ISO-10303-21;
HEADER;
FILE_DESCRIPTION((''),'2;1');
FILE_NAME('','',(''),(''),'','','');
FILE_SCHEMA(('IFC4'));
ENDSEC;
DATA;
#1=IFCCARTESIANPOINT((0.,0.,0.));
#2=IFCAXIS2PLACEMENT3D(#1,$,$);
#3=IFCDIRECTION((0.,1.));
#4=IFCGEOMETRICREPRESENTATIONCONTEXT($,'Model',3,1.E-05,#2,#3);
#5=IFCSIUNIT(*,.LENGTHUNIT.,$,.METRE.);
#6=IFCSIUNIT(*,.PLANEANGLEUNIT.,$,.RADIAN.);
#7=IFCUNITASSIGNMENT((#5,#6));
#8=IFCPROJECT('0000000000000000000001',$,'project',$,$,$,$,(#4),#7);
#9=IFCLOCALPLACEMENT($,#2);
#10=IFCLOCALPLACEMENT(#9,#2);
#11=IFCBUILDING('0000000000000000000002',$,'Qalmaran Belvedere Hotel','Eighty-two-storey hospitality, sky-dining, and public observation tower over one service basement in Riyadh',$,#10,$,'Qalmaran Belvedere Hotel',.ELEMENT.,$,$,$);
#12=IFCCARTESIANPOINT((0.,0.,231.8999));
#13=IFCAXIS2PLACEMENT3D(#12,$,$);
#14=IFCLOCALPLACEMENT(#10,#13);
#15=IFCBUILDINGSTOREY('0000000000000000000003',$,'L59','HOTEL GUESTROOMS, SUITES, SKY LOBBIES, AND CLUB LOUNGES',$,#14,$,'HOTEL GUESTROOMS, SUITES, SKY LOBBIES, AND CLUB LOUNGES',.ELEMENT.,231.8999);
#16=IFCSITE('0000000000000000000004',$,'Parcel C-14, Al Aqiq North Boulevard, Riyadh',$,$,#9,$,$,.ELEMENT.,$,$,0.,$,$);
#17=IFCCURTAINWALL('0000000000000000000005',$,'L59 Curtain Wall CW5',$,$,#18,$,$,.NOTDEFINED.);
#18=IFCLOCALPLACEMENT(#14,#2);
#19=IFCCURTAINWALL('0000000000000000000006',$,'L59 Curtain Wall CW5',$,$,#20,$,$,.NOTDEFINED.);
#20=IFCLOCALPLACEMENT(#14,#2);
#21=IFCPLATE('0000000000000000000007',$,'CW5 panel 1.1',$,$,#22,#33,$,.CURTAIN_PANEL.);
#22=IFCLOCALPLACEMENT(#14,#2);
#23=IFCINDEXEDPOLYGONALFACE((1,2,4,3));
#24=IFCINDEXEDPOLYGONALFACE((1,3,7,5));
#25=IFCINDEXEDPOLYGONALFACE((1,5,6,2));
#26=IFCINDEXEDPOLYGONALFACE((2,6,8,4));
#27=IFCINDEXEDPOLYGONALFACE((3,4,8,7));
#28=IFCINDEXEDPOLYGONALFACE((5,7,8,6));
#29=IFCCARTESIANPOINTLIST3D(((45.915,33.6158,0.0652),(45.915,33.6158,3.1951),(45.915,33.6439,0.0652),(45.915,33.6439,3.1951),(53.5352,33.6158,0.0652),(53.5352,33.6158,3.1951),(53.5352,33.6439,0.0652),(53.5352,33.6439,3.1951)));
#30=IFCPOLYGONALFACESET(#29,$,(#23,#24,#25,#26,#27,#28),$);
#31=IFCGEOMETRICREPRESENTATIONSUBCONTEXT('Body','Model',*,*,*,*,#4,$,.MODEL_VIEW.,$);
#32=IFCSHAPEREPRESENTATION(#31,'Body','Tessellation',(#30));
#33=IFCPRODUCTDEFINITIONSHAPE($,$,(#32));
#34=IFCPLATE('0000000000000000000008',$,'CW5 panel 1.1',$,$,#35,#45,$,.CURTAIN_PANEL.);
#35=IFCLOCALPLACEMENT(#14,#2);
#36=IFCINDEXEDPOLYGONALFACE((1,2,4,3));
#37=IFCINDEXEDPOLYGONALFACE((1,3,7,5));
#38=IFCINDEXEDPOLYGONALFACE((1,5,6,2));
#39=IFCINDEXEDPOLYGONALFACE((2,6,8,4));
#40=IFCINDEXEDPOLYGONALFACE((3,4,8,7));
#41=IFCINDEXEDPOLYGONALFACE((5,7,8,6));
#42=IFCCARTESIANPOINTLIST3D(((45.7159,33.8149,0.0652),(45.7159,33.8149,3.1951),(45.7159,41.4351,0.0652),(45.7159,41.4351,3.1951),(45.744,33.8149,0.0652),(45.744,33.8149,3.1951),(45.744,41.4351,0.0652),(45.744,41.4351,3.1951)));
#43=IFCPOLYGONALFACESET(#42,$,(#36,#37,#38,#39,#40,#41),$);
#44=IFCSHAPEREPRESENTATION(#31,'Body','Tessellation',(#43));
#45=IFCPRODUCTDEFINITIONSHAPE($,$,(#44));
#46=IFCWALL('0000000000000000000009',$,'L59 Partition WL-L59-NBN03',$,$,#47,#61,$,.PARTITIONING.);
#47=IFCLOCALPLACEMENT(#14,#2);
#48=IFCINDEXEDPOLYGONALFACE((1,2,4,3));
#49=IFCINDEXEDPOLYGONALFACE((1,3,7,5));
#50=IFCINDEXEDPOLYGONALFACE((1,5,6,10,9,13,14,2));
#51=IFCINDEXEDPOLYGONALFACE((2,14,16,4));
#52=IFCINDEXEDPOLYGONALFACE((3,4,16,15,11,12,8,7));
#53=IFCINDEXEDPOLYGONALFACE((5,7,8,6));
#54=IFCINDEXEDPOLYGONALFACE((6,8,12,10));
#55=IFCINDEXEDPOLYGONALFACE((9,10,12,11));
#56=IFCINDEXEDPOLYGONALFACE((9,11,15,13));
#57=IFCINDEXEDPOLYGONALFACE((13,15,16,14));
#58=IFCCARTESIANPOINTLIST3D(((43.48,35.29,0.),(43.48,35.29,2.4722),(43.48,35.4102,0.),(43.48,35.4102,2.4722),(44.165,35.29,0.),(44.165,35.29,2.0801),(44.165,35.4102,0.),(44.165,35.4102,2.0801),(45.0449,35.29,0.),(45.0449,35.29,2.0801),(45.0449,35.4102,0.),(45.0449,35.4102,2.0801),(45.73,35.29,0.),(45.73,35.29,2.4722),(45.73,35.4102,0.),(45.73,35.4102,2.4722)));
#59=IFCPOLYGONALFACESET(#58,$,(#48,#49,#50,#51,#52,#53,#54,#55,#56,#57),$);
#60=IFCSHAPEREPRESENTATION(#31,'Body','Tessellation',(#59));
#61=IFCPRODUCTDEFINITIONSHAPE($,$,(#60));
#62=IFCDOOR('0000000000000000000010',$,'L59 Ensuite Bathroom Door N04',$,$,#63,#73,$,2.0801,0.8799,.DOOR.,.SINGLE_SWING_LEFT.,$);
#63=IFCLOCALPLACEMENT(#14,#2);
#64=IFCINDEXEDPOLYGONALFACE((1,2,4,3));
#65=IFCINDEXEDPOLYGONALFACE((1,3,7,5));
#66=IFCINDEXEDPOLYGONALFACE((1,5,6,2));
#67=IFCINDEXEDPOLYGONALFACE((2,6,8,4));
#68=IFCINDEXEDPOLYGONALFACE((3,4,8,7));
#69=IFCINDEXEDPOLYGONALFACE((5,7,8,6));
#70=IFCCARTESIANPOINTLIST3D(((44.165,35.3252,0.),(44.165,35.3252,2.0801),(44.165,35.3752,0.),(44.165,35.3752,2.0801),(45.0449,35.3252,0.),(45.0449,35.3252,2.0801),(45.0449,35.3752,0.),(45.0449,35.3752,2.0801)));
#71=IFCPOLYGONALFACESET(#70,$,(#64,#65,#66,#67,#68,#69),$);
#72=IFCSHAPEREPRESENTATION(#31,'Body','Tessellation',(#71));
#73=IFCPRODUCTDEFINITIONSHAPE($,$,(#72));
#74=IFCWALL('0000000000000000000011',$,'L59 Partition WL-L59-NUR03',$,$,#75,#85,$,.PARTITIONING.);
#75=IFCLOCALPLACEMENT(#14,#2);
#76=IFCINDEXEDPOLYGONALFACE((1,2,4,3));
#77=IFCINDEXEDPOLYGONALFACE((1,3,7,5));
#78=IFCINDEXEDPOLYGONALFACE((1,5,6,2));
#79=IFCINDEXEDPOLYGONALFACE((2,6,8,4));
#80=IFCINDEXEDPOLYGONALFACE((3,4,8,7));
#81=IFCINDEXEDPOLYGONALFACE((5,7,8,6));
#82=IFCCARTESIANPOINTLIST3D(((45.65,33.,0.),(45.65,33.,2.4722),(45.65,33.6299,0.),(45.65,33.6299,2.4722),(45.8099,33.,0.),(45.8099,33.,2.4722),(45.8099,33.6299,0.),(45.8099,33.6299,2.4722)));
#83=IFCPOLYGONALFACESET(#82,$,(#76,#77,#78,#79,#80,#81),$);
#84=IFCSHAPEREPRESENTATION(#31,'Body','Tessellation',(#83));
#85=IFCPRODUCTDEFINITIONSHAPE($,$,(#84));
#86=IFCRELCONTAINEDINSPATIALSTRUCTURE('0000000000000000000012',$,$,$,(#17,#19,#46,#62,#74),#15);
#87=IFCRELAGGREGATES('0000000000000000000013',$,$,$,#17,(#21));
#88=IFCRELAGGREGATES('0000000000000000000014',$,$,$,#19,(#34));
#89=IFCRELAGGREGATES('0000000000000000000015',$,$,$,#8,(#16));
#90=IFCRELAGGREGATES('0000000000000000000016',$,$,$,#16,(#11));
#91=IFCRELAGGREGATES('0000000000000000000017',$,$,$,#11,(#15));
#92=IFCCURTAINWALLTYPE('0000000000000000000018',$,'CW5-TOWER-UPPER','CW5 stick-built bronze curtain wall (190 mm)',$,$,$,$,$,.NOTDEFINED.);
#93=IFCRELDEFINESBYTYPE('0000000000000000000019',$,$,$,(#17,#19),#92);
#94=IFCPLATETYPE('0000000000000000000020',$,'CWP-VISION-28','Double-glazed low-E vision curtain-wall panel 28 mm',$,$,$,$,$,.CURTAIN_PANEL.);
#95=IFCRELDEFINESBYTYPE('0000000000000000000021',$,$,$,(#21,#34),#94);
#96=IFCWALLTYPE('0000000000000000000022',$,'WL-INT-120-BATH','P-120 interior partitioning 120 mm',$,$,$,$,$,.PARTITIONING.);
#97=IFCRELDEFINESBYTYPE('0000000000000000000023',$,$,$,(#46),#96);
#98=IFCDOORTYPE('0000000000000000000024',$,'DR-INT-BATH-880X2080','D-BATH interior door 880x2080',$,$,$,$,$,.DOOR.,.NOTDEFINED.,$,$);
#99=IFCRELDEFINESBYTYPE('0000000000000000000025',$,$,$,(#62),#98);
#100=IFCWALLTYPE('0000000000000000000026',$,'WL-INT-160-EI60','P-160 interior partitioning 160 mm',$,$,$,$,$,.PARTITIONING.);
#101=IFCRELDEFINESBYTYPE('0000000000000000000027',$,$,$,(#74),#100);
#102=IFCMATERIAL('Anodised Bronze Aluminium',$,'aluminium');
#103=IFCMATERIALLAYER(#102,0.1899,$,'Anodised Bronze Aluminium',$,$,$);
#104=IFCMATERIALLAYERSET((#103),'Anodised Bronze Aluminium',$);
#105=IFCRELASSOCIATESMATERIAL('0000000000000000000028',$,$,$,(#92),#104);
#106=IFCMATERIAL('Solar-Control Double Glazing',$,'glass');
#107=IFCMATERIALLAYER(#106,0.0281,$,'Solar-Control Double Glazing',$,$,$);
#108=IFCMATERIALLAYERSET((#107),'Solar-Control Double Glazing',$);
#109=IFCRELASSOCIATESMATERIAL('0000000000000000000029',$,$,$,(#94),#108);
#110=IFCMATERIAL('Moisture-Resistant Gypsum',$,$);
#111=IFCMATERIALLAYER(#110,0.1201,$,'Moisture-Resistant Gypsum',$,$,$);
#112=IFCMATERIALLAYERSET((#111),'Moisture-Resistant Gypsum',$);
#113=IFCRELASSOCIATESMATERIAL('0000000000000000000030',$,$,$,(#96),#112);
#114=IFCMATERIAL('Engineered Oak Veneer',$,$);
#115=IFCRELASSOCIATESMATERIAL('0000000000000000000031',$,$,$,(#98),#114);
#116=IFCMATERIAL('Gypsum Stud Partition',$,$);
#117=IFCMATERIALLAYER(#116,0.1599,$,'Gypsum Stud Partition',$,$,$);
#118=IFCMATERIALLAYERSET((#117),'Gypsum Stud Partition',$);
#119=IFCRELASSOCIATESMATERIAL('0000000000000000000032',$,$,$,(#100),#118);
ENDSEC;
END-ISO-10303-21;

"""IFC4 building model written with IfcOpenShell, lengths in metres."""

from ifc_helpers import new_model, si_unit, direction, frame, frame_2d, origin, origin_2d, place, context, subcontext, project, spatial, rectangle, extrude, material, layer, layer_set, type_object, element, fill, aggregate, save


model = new_model("IFC4")

# Units and contexts
model_context = context("Model", 3, precision=1e-05, world=origin(), true_north=direction((0.0, 1.0)))
body_context = subcontext(model_context, "Body", "Model", "MODEL_VIEW")
ifc_project = project(units=[si_unit("LENGTHUNIT", "METRE"), si_unit("PLANEANGLEUNIT", "RADIAN")], contexts=[model_context])

# Site, building, storey
site_placement = place(None, origin())
site = spatial("IfcSite", under=ifc_project, at=site_placement, Name="Parcel C-14, Al Aqiq North Boulevard, Riyadh", CompositionType="ELEMENT", RefElevation=0.0)
building_placement = place(site_placement, origin())
building = spatial("IfcBuilding", under=site, at=building_placement, Name="Qalmaran Belvedere Hotel", Description="Eighty-two-storey hospitality, sky-dining, and public observation tower over one service basement in Riyadh", LongName="Qalmaran Belvedere Hotel", CompositionType="ELEMENT")
storey_placement = place(building_placement, frame((0.0, 0.0, 231.8999)))
storey = spatial("IfcBuildingStorey", under=building, at=storey_placement, Name="L59", Description="HOTEL GUESTROOMS, SUITES, SKY LOBBIES, AND CLUB LOUNGES", LongName="HOTEL GUESTROOMS, SUITES, SKY LOBBIES, AND CLUB LOUNGES", CompositionType="ELEMENT", Elevation=231.8999)

# Shared definitions
ifc_material_1 = material(Name="Anodised Bronze Aluminium", Category="aluminium")
ifc_layer_1 = layer(ifc_material_1, 0.1899, Name="Anodised Bronze Aluminium")
ifc_layer_set_1 = layer_set([ifc_layer_1], Name="Anodised Bronze Aluminium")
curtain_wall_type = type_object("IfcCurtainWallType", Name="CW5-TOWER-UPPER", Description="CW5 stick-built bronze curtain wall (190 mm)", PredefinedType="NOTDEFINED", material=ifc_layer_set_1)

# Curtain walls
curtain_wall_1_placement = place(storey_placement, origin())
curtain_wall_1 = element("IfcCurtainWall", 1, at=curtain_wall_1_placement, inside=storey, type_object=curtain_wall_type, Name="L59 Curtain Wall CW5", PredefinedType="NOTDEFINED")
curtain_wall_2_placement = place(storey_placement, origin())
curtain_wall_2 = element("IfcCurtainWall", 2, at=curtain_wall_2_placement, inside=storey, type_object=curtain_wall_type, Name="L59 Curtain Wall CW5", PredefinedType="NOTDEFINED")

# Plates
ifc_material_2 = material(Name="Solar-Control Double Glazing", Category="glass")
ifc_layer_2 = layer(ifc_material_2, 0.0281, Name="Solar-Control Double Glazing")
ifc_layer_set_2 = layer_set([ifc_layer_2], Name="Solar-Control Double Glazing")
plate_type = type_object("IfcPlateType", Name="CWP-VISION-28", Description="Double-glazed low-E vision curtain-wall panel 28 mm", PredefinedType="CURTAIN_PANEL", material=ifc_layer_set_2)
plate_1_placement = place(storey_placement, frame((49.7251, 33.6299, 0.0652), z_axis=(0.0, 0.0, 1.0), x_axis=(-1.0, 0.0, 0.0)))
plate_1 = element("IfcPlate", 3, at=plate_1_placement, type_object=plate_type, Name="CW5 panel 1.1", PredefinedType="CURTAIN_PANEL", context=body_context, shape_type="SweptSolid", body=[
    extrude(rectangle(XDim=7.6201, YDim=0.0281, at=origin_2d()), origin(), (0.0, 0.0, 1.0), 3.1299),
])
aggregate(curtain_wall_1, [plate_1])
plate_2_placement = place(storey_placement, frame((45.73, 37.625, 0.0652), z_axis=(0.0, 0.0, 1.0), x_axis=(0.0, 1.0, 0.0)))
plate_2 = element("IfcPlate", 4, at=plate_2_placement, type_object=plate_type, Name="CW5 panel 1.1", PredefinedType="CURTAIN_PANEL", context=body_context, shape_type="SweptSolid", body=[
    extrude(rectangle(XDim=7.6201, YDim=0.0281, at=origin_2d()), origin(), (0.0, 0.0, 1.0), 3.1299),
])
aggregate(curtain_wall_2, [plate_2])

# Wall, opening, door
ifc_material_3 = material(Name="Moisture-Resistant Gypsum")
ifc_layer_3 = layer(ifc_material_3, 0.1201, Name="Moisture-Resistant Gypsum")
ifc_layer_set_3 = layer_set([ifc_layer_3], Name="Moisture-Resistant Gypsum")
wall_type_1 = type_object("IfcWallType", Name="WL-INT-120-BATH", Description="P-120 interior partitioning 120 mm", PredefinedType="PARTITIONING", material=ifc_layer_set_3)
wall_1_placement = place(storey_placement, frame((43.48, 35.3501, 0.0), z_axis=(0.0, 0.0, 1.0), x_axis=(1.0, 0.0, 0.0)))
wall_1 = element("IfcWall", 5, at=wall_1_placement, inside=storey, type_object=wall_type_1, Name="L59 Partition WL-L59-NBN03", PredefinedType="PARTITIONING", context=body_context, shape_type="SweptSolid", body=[
    extrude(rectangle(XDim=2.25, YDim=0.1201, at=frame_2d((1.125, 0.0))), origin(), (0.0, 0.0, 1.0), 2.4722),
])
opening_placement = place(wall_1_placement, frame((1.5649, 0.0, 0.0), z_axis=(0.0, 0.0, 1.0), x_axis=(-1.0, 0.0, 0.0)))
opening = element("IfcOpeningElement", 6, at=opening_placement, cuts=wall_1, PredefinedType="OPENING", context=body_context, shape_type="SweptSolid", body=[
    extrude(rectangle(XDim=0.8799, YDim=2.0801, at=frame_2d((0.4399, 1.04))), frame((0.0, 0.0701, 0.0), z_axis=(0.0, -1.0, 0.0), x_axis=(1.0, 0.0, 0.0)), (0.0, 0.0, 1.0), 0.1401),
])
ifc_material_4 = material(Name="Engineered Oak Veneer")
door_type = type_object("IfcDoorType", Name="DR-INT-BATH-880X2080", Description="D-BATH interior door 880x2080", OperationType="NOTDEFINED", PredefinedType="DOOR", material=ifc_material_4)
door_placement = place(opening_placement, origin())
door = element("IfcDoor", 7, at=door_placement, inside=storey, type_object=door_type, Name="L59 Ensuite Bathroom Door N04", OperationType="SINGLE_SWING_LEFT", OverallHeight=2.0801, OverallWidth=0.8799, PredefinedType="DOOR", context=body_context, shape_type="SweptSolid", body=[
    extrude(rectangle(XDim=0.8799, YDim=2.0801, at=frame_2d((0.4399, 1.04))), frame((0.0, 0.0249, 0.0), z_axis=(0.0, -1.0, 0.0), x_axis=(1.0, 0.0, 0.0)), (0.0, 0.0, 1.0), 0.05),
])
fill(opening, door)

# Wall
ifc_material_5 = material(Name="Gypsum Stud Partition")
ifc_layer_4 = layer(ifc_material_5, 0.1599, Name="Gypsum Stud Partition")
ifc_layer_set_4 = layer_set([ifc_layer_4], Name="Gypsum Stud Partition")
wall_type_2 = type_object("IfcWallType", Name="WL-INT-160-EI60", Description="P-160 interior partitioning 160 mm", PredefinedType="PARTITIONING", material=ifc_layer_set_4)
wall_2_placement = place(storey_placement, frame((45.73, 33.0, 0.0), z_axis=(0.0, 0.0, 1.0), x_axis=(0.0, 1.0, 0.0)))
element("IfcWall", 8, at=wall_2_placement, inside=storey, type_object=wall_type_2, Name="L59 Partition WL-L59-NUR03", PredefinedType="PARTITIONING", context=body_context, shape_type="SweptSolid", body=[
    extrude(rectangle(XDim=0.6299, YDim=0.1599, at=frame_2d((0.3149, 0.0))), origin(), (0.0, 0.0, 1.0), 2.4722),
])

save(model, "model.ifc")
